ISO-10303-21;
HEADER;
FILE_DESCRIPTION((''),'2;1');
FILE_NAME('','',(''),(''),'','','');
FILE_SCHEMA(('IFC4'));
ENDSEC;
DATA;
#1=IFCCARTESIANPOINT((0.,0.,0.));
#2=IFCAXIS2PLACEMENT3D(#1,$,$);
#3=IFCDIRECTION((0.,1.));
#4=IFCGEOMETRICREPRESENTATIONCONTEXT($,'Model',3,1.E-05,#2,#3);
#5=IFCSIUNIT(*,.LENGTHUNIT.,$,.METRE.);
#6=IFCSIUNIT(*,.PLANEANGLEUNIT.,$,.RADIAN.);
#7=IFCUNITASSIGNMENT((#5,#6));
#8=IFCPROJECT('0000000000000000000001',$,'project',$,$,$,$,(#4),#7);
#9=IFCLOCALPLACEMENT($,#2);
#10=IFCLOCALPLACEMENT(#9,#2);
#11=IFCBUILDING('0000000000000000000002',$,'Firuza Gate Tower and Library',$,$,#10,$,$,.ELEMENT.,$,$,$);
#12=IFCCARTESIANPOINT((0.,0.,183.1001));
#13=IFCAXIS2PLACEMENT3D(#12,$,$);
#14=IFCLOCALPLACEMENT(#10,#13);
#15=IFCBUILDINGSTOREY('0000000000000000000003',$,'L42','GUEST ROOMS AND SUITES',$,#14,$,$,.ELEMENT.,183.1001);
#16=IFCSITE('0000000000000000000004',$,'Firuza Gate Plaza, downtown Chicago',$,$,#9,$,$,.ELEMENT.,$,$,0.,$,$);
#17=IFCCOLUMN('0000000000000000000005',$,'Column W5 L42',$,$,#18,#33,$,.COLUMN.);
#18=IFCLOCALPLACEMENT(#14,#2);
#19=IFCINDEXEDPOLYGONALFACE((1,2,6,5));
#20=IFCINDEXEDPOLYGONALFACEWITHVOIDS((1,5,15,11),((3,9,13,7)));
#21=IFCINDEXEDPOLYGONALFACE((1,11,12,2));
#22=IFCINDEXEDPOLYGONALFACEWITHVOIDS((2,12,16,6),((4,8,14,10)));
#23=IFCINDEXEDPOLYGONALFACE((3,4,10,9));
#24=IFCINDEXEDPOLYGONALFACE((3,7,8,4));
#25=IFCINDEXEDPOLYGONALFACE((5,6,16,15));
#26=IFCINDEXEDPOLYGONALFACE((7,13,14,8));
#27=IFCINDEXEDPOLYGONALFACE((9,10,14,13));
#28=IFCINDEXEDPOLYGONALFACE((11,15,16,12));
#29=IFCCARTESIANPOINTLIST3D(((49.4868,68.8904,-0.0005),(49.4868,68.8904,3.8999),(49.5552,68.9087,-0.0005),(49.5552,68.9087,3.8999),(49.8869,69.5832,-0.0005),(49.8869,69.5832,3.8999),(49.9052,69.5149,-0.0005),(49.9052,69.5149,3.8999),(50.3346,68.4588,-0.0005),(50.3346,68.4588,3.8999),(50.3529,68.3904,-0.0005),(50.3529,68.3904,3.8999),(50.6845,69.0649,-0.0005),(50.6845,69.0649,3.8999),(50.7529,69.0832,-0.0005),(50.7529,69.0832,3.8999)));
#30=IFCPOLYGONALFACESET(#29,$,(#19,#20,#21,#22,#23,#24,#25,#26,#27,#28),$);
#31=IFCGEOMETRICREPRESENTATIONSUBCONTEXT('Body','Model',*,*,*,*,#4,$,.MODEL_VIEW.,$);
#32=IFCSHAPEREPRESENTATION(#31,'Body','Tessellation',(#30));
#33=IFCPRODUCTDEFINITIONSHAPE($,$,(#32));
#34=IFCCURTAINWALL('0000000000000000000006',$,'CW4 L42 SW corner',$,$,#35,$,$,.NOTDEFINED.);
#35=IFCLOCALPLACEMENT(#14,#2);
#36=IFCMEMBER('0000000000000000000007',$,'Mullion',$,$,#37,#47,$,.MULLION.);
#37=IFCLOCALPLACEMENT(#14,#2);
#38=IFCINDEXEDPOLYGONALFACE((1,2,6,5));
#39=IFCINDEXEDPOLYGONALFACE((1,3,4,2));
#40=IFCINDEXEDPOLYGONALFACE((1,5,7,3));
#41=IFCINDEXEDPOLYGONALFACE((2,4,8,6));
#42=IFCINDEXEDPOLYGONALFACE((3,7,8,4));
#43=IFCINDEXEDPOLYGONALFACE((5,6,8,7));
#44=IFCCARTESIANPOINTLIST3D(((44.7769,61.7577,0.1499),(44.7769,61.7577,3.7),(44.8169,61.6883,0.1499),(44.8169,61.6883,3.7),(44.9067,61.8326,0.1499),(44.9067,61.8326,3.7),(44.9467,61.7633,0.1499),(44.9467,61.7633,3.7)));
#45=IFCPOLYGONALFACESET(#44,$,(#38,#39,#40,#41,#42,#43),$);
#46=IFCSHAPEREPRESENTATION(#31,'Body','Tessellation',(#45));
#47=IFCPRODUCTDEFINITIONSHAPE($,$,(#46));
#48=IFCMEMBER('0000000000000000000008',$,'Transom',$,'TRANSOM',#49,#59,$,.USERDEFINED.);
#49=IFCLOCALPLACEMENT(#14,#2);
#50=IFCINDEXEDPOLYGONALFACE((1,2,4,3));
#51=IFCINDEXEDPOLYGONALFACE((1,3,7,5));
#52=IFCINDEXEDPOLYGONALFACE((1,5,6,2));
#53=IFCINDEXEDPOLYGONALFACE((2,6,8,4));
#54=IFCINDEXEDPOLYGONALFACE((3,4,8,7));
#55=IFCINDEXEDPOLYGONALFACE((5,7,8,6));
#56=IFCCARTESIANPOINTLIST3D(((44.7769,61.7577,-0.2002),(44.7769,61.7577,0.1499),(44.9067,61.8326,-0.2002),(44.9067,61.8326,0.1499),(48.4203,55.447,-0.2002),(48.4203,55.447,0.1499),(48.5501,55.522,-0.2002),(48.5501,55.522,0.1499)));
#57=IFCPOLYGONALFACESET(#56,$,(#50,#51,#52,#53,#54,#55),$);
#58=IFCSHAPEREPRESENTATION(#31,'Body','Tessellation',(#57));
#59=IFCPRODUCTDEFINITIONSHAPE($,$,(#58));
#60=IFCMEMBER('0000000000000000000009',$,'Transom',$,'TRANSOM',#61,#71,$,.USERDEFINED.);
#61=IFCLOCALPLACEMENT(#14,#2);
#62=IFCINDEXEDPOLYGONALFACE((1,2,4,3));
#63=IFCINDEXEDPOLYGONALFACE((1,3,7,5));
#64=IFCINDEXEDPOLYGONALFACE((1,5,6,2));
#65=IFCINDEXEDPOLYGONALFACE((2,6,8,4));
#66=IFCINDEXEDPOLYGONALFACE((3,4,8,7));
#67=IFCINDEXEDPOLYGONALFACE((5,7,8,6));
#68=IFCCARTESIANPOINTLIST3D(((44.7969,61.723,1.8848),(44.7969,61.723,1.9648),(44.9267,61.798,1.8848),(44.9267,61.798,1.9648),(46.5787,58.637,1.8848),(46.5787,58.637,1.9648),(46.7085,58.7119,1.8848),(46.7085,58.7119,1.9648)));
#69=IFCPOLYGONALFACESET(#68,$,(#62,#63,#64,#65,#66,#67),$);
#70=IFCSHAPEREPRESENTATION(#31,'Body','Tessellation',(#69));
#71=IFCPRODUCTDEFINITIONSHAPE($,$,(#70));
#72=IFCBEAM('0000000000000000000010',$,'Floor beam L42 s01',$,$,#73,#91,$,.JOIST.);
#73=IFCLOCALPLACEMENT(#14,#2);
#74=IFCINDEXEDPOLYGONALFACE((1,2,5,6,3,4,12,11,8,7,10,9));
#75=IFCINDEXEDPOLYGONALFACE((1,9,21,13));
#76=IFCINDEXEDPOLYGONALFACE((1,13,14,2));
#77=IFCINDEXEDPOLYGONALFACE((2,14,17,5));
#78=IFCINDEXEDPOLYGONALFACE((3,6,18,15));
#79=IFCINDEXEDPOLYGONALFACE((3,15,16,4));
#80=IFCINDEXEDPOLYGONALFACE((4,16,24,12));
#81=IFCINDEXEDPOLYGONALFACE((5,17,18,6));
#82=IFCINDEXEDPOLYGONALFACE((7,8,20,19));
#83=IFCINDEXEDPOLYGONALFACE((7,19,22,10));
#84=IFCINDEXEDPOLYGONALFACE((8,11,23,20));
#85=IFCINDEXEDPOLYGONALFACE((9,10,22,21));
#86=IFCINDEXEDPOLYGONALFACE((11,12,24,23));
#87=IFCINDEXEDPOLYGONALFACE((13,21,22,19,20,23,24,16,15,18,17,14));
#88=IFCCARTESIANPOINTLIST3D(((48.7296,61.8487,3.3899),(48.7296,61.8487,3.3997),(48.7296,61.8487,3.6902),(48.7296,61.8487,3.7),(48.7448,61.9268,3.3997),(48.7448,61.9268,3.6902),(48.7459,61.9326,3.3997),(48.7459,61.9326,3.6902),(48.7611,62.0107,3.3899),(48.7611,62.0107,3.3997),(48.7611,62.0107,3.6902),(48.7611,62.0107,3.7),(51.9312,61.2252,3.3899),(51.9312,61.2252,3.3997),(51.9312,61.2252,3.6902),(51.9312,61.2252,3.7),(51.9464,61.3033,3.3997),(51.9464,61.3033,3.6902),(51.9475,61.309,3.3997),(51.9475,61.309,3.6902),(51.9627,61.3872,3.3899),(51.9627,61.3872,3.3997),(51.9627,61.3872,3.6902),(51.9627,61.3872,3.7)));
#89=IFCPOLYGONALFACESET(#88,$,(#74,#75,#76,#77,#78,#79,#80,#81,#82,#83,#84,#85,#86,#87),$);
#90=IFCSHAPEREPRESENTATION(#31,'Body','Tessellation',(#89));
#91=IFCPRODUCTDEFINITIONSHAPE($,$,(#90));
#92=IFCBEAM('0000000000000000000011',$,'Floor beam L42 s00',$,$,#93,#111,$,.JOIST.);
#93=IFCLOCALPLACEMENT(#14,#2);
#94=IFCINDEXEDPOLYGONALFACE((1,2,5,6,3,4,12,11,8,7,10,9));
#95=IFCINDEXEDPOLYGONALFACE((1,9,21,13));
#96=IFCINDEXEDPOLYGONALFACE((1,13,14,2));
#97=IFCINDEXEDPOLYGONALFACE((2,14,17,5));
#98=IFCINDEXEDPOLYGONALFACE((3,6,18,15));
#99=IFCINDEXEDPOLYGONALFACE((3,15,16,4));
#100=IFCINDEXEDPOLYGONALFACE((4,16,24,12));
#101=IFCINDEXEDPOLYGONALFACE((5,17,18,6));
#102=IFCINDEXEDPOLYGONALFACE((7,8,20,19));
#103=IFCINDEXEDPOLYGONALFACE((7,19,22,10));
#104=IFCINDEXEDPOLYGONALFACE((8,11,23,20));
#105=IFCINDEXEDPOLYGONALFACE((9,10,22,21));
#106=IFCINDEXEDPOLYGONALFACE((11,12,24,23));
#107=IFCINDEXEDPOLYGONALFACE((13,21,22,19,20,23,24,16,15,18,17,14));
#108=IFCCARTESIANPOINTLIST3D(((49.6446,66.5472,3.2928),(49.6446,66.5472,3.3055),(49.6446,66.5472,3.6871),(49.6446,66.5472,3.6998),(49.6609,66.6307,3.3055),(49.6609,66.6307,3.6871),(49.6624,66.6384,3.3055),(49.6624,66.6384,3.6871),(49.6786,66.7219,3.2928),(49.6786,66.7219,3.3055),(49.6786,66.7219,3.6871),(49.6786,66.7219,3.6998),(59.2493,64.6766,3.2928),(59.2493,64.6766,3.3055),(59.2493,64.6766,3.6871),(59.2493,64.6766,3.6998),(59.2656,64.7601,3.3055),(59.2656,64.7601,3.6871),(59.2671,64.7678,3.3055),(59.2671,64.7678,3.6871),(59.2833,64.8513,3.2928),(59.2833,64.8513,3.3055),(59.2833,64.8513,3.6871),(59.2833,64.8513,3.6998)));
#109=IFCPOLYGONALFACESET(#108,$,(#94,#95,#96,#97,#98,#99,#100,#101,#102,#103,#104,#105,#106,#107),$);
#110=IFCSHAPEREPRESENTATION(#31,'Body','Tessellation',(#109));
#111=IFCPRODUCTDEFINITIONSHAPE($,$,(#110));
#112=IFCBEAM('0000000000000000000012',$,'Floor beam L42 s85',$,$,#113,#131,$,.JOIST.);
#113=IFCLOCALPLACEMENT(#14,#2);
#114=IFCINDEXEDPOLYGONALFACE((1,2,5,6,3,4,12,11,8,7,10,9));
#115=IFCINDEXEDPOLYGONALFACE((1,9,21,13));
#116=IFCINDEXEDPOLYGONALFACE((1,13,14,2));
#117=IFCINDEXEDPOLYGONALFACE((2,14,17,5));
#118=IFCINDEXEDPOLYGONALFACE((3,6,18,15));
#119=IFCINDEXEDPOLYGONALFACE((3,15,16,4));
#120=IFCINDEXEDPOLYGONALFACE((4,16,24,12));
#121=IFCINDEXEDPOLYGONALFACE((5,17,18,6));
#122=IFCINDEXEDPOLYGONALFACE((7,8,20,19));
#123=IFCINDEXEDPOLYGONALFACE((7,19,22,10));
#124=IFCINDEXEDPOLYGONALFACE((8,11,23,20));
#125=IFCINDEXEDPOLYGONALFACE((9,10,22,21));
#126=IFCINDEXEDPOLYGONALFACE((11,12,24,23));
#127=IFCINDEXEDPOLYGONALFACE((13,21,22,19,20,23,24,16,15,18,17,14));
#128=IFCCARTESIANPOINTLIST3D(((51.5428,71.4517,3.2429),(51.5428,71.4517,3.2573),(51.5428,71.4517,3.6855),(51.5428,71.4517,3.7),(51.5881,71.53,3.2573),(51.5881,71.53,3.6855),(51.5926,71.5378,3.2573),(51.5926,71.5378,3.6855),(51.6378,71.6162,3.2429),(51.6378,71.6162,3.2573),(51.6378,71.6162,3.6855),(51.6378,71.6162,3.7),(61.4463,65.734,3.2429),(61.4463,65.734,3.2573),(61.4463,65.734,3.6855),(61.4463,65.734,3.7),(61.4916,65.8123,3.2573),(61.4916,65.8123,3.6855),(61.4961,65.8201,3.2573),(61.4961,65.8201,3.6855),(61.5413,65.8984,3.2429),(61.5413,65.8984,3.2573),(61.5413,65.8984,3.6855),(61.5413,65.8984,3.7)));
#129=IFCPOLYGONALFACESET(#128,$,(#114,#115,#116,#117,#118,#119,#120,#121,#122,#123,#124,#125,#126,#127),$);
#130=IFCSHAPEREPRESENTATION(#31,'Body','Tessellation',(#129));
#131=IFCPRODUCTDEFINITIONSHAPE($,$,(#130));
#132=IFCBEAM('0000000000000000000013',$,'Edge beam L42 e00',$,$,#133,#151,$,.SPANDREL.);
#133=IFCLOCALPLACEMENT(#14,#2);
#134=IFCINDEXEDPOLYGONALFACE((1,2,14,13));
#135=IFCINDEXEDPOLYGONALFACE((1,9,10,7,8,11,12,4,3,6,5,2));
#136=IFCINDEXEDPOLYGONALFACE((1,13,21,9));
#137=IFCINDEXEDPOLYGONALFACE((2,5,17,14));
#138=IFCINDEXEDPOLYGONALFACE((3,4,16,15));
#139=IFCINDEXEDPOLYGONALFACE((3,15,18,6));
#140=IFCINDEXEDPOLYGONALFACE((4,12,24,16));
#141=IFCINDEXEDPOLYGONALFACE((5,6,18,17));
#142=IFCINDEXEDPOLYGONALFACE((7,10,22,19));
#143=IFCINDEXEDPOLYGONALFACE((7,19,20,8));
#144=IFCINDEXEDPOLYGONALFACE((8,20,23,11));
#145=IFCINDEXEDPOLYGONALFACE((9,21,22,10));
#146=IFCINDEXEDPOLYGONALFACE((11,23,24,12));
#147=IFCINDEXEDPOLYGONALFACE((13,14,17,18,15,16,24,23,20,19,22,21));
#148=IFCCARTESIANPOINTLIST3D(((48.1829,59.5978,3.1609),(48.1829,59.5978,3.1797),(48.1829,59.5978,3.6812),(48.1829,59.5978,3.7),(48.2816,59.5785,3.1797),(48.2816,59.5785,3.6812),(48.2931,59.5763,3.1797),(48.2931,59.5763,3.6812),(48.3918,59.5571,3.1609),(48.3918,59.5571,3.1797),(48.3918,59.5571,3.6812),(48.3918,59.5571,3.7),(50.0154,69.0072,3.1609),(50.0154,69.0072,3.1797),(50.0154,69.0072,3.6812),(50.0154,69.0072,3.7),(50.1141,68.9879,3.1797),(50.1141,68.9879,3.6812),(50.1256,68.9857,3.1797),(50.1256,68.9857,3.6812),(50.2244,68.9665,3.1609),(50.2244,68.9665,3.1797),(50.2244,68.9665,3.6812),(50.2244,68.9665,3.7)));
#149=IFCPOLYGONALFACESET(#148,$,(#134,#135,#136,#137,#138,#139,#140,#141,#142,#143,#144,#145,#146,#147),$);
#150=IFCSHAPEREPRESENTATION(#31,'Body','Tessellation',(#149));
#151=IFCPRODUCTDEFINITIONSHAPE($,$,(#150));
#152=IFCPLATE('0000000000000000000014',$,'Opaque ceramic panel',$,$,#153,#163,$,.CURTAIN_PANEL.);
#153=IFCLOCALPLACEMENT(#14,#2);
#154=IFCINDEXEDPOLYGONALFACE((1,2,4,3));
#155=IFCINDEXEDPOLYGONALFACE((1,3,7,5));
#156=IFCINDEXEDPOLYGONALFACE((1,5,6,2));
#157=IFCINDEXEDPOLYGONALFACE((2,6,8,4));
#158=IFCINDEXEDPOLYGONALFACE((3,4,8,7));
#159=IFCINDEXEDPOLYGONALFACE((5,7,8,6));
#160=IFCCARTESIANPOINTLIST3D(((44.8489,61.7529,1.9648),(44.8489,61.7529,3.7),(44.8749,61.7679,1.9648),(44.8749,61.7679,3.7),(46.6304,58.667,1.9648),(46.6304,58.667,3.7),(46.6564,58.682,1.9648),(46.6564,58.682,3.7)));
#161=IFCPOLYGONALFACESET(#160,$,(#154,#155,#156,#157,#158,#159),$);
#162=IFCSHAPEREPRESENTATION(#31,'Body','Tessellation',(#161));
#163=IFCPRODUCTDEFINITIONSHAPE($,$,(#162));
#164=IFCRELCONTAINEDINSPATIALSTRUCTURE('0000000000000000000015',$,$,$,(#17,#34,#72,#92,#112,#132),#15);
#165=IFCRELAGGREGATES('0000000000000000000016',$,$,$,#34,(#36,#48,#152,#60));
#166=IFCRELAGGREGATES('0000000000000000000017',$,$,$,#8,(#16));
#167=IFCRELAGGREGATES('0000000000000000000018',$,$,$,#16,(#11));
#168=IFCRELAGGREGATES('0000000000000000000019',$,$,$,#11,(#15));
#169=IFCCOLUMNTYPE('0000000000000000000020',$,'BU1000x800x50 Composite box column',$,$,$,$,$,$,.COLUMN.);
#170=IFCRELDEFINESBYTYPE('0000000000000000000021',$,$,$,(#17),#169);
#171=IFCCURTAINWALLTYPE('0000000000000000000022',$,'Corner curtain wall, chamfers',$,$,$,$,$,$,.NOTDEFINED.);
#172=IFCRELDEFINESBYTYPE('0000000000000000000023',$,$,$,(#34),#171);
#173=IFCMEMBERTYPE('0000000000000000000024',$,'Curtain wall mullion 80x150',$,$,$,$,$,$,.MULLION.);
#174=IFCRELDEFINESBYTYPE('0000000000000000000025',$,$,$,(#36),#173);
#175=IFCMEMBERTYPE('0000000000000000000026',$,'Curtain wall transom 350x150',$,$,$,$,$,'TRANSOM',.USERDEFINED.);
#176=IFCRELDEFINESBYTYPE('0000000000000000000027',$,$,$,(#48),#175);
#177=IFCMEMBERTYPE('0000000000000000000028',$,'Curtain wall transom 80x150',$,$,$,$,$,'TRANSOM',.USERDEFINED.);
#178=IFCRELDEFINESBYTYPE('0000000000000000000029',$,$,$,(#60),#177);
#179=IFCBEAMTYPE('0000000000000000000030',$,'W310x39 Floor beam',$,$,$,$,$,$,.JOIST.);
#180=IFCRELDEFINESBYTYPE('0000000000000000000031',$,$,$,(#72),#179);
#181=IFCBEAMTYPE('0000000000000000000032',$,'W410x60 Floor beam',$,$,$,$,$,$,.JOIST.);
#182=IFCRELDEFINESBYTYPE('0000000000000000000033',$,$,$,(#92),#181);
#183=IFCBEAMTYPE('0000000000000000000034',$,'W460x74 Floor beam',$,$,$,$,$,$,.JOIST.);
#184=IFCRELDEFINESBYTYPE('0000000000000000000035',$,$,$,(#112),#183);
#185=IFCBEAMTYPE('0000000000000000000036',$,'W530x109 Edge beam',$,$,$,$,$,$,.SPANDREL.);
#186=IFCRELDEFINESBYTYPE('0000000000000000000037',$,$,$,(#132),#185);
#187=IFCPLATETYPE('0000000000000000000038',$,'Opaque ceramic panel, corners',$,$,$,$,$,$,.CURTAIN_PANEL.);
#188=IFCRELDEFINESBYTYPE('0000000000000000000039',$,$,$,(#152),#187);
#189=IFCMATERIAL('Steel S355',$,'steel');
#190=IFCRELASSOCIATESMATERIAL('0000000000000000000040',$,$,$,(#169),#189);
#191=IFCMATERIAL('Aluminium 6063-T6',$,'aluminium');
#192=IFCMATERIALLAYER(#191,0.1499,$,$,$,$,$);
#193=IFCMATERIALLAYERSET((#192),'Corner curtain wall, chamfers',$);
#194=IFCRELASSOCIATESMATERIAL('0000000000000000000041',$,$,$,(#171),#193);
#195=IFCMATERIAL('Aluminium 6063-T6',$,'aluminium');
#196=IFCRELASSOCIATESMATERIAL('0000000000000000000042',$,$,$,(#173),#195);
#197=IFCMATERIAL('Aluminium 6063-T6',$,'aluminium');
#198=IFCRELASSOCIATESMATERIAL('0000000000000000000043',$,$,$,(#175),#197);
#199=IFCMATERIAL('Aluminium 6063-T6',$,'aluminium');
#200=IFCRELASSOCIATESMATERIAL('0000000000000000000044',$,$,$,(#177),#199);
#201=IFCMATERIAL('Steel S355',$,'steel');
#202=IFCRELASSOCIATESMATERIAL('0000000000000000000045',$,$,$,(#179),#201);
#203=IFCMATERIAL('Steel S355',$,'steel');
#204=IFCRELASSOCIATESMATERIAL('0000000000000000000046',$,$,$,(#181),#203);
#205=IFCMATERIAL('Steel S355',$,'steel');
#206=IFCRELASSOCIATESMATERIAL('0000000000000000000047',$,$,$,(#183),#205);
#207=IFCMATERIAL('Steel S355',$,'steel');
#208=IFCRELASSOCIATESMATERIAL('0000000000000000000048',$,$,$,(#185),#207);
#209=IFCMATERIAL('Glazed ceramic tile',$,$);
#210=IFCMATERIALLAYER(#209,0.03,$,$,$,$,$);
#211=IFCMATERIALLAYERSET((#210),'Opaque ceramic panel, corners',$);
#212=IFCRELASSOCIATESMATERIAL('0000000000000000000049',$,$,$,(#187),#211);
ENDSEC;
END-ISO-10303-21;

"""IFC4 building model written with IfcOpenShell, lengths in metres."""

from ifc_helpers import new_model, si_unit, direction, frame, origin, origin_2d, place, context, subcontext, project, spatial, polyline, rectangle, hollow_rectangle, i_section, outline, extrude, material, layer, layer_set, material_profile, profile_set, type_object, element, aggregate, save


model = new_model("IFC4")

# Units and contexts
model_context = context("Model", 3, precision=1e-05, world=origin(), true_north=direction((0.0, 1.0)))
body_context = subcontext(model_context, "Body", "Model", "MODEL_VIEW")
ifc_project = project(units=[si_unit("LENGTHUNIT", "METRE"), si_unit("PLANEANGLEUNIT", "RADIAN")], contexts=[model_context])

# Site, building, storey
site_placement = place(None, origin())
site = spatial("IfcSite", under=ifc_project, at=site_placement, Name="Firuza Gate Plaza, downtown Chicago", CompositionType="ELEMENT", RefElevation=0.0)
building_placement = place(site_placement, origin())
building = spatial("IfcBuilding", under=site, at=building_placement, Name="Firuza Gate Tower and Library", CompositionType="ELEMENT")
storey_placement = place(building_placement, frame((0.0, 0.0, 183.1001)))
storey = spatial("IfcBuildingStorey", under=building, at=storey_placement, Name="L42", Description="GUEST ROOMS AND SUITES", CompositionType="ELEMENT", Elevation=183.1001)

# Column
ifc_material_1 = material(Name="Steel S355", Category="steel")
ifc_material_profile_1 = material_profile(ifc_material_1, hollow_rectangle(XDim=0.8, YDim=1.0, WallThickness=0.05, at=origin_2d()))
ifc_profile_set_1 = profile_set([ifc_material_profile_1], Name="Steel S355")
column_type = type_object("IfcColumnType", Name="BU1000x800x50 Composite box column", PredefinedType="COLUMN", material=ifc_profile_set_1)
column_placement = place(storey_placement, frame((50.1199, 68.9868, -0.0005), z_axis=(0.0, 0.0, 1.0), x_axis=(-0.5, -0.866025, 0.0)))
element("IfcColumn", 1, at=column_placement, inside=storey, type_object=column_type, Name="Column W5 L42", PredefinedType="COLUMN", context=body_context, shape_type="SweptSolid", body=[
    extrude(hollow_rectangle(XDim=0.8, YDim=1.0, WallThickness=0.05, at=origin_2d()), origin(), (0.0, 0.0, 1.0), 3.9004),
])

# Curtain wall, members
ifc_material_2 = material(Name="Aluminium 6063-T6", Category="aluminium")
ifc_layer_1 = layer(ifc_material_2, 0.1499)
ifc_layer_set_1 = layer_set([ifc_layer_1], Name="Corner curtain wall, chamfers")
curtain_wall_type = type_object("IfcCurtainWallType", Name="Corner curtain wall, chamfers", PredefinedType="NOTDEFINED", material=ifc_layer_set_1)
curtain_wall_placement = place(storey_placement, origin())
curtain_wall = element("IfcCurtainWall", 2, at=curtain_wall_placement, inside=storey, type_object=curtain_wall_type, Name="CW4 L42 SW corner", PredefinedType="NOTDEFINED")
ifc_material_3 = material(Name="Aluminium 6063-T6", Category="aluminium")
ifc_material_profile_2 = material_profile(ifc_material_3, rectangle(XDim=0.1499, YDim=0.0801, at=origin_2d()))
ifc_profile_set_2 = profile_set([ifc_material_profile_2], Name="Aluminium 6063-T6")
member_type_1 = type_object("IfcMemberType", Name="Curtain wall mullion 80x150", PredefinedType="MULLION", material=ifc_profile_set_2)
member_1_placement = place(storey_placement, frame((44.8618, 61.7605, 0.1499), z_axis=(0.0, 0.0, 1.0), x_axis=(0.866025, 0.5, 0.0)))
member_1 = element("IfcMember", 3, at=member_1_placement, type_object=member_type_1, Name="Mullion", PredefinedType="MULLION", context=body_context, shape_type="SweptSolid", body=[
    extrude(rectangle(XDim=0.1499, YDim=0.0801, at=origin_2d()), origin(), (0.0, 0.0, 1.0), 3.55),
])
ifc_material_4 = material(Name="Aluminium 6063-T6", Category="aluminium")
ifc_material_profile_3 = material_profile(ifc_material_4, rectangle(XDim=0.1499, YDim=0.3501, at=origin_2d()))
ifc_profile_set_3 = profile_set([ifc_material_profile_3], Name="Aluminium 6063-T6")
member_type_2 = type_object("IfcMemberType", Name="Curtain wall transom 350x150", ElementType="TRANSOM", PredefinedType="USERDEFINED", material=ifc_profile_set_3)
member_2_placement = place(storey_placement, frame((44.8418, 61.7952, -0.0251), z_axis=(0.499991, -0.86603, 0.0), x_axis=(0.86603, 0.499991, 0.0)))
member_2 = element("IfcMember", 4, at=member_2_placement, type_object=member_type_2, Name="Transom", ObjectType="TRANSOM", PredefinedType="USERDEFINED", context=body_context, shape_type="SweptSolid", body=[
    extrude(rectangle(XDim=0.1499, YDim=0.3501, at=origin_2d()), origin(), (0.0, 0.0, 1.0), 7.2869),
])
ifc_material_5 = material(Name="Aluminium 6063-T6", Category="aluminium")
ifc_material_profile_4 = material_profile(ifc_material_5, rectangle(XDim=0.1499, YDim=0.0801, at=origin_2d()))
ifc_profile_set_4 = profile_set([ifc_material_profile_4], Name="Aluminium 6063-T6")
member_type_3 = type_object("IfcMemberType", Name="Curtain wall transom 80x150", ElementType="TRANSOM", PredefinedType="USERDEFINED", material=ifc_profile_set_4)
member_3_placement = place(storey_placement, frame((44.8618, 61.7605, 1.9248), z_axis=(0.500015, -0.866017, 0.0), x_axis=(0.866017, 0.500015, 0.0)))
member_3 = element("IfcMember", 5, at=member_3_placement, type_object=member_type_3, Name="Transom", ObjectType="TRANSOM", PredefinedType="USERDEFINED", context=body_context, shape_type="SweptSolid", body=[
    extrude(rectangle(XDim=0.1499, YDim=0.0801, at=origin_2d()), origin(), (0.0, 0.0, 1.0), 3.5635),
])

# Beams
ifc_material_6 = material(Name="Steel S355", Category="steel")
ifc_material_profile_5 = material_profile(ifc_material_6, i_section(OverallWidth=0.165, OverallDepth=0.3101, WebThickness=0.0059, FlangeThickness=0.0098, at=origin_2d()))
ifc_profile_set_5 = profile_set([ifc_material_profile_5], Name="Steel S355")
beam_type_1 = type_object("IfcBeamType", Name="W310x39 Floor beam", PredefinedType="JOIST", material=ifc_profile_set_5)
beam_1_placement = place(storey_placement, frame((48.7454, 61.9297, 3.5449), z_axis=(0.981558, -0.191162, 0.0), x_axis=(0.191162, 0.981558, 0.0)))
element("IfcBeam", 6, at=beam_1_placement, inside=storey, type_object=beam_type_1, Name="Floor beam L42 s01", PredefinedType="JOIST", context=body_context, shape_type="SweptSolid", body=[
    extrude(i_section(OverallWidth=0.165, OverallDepth=0.3101, WebThickness=0.0059, FlangeThickness=0.0098, at=origin_2d()), origin(), (0.0, 0.0, 1.0), 3.2617),
])
ifc_material_7 = material(Name="Steel S355", Category="steel")
ifc_material_profile_6 = material_profile(ifc_material_7, i_section(OverallWidth=0.178, OverallDepth=0.407, WebThickness=0.0078, FlangeThickness=0.0127, at=origin_2d()))
ifc_profile_set_6 = profile_set([ifc_material_profile_6], Name="Steel S355")
beam_type_2 = type_object("IfcBeamType", Name="W410x60 Floor beam", PredefinedType="JOIST", material=ifc_profile_set_6)
beam_2_placement = place(storey_placement, frame((49.6616, 66.6345, 3.4963), z_axis=(0.981558, -0.191167, 0.0), x_axis=(0.191167, 0.981558, 0.0)))
element("IfcBeam", 7, at=beam_2_placement, inside=storey, type_object=beam_type_2, Name="Floor beam L42 s00", PredefinedType="JOIST", context=body_context, shape_type="SweptSolid", body=[
    extrude(i_section(OverallWidth=0.178, OverallDepth=0.407, WebThickness=0.0078, FlangeThickness=0.0127, at=origin_2d()), origin(), (0.0, 0.0, 1.0), 9.7852),
])
ifc_material_8 = material(Name="Steel S355", Category="steel")
ifc_material_profile_7 = material_profile(ifc_material_8, i_section(OverallWidth=0.1899, OverallDepth=0.457, WebThickness=0.009, FlangeThickness=0.0144, at=origin_2d()))
ifc_profile_set_7 = profile_set([ifc_material_profile_7], Name="Steel S355")
beam_type_3 = type_object("IfcBeamType", Name="W460x74 Floor beam", PredefinedType="JOIST", material=ifc_profile_set_7)
beam_3_placement = place(storey_placement, frame((51.5903, 71.5339, 3.4714), z_axis=(0.866027, -0.499997, 0.0), x_axis=(0.499997, 0.866027, 0.0)))
element("IfcBeam", 8, at=beam_3_placement, inside=storey, type_object=beam_type_3, Name="Floor beam L42 s85", PredefinedType="JOIST", context=body_context, shape_type="SweptSolid", body=[
    extrude(i_section(OverallWidth=0.1899, OverallDepth=0.457, WebThickness=0.009, FlangeThickness=0.0144, at=origin_2d()), origin(), (0.0, 0.0, 1.0), 11.4355),
])
ifc_material_9 = material(Name="Steel S355", Category="steel")
ifc_material_profile_8 = material_profile(ifc_material_9, i_section(OverallWidth=0.2129, OverallDepth=0.5391, WebThickness=0.0117, FlangeThickness=0.0188, at=origin_2d()))
ifc_profile_set_8 = profile_set([ifc_material_profile_8], Name="Steel S355")
beam_type_4 = type_object("IfcBeamType", Name="W530x109 Edge beam", PredefinedType="SPANDREL", material=ifc_profile_set_8)
beam_4_placement = place(storey_placement, frame((50.1199, 68.9868, 3.4304), z_axis=(-0.191162, -0.981558, 0.0), x_axis=(0.981558, -0.191162, 0.0)))
element("IfcBeam", 9, at=beam_4_placement, inside=storey, type_object=beam_type_4, Name="Edge beam L42 e00", PredefinedType="SPANDREL", context=body_context, shape_type="SweptSolid", body=[
    extrude(i_section(OverallWidth=0.2129, OverallDepth=0.5391, WebThickness=0.0117, FlangeThickness=0.0188, at=origin_2d()), origin(), (0.0, 0.0, 1.0), 9.5862),
])

# Plate
ifc_material_10 = material(Name="Glazed ceramic tile")
ifc_layer_2 = layer(ifc_material_10, 0.03)
ifc_layer_set_2 = layer_set([ifc_layer_2], Name="Opaque ceramic panel, corners")
plate_type = type_object("IfcPlateType", Name="Opaque ceramic panel, corners", PredefinedType="CURTAIN_PANEL", material=ifc_layer_set_2)
plate_placement = place(storey_placement, frame((44.8489, 61.7529, 1.9648), z_axis=(-0.866046, -0.499964, 0.0), x_axis=(0.499964, -0.866046, 0.0)))
plate = element("IfcPlate", 10, at=plate_placement, type_object=plate_type, Name="Opaque ceramic panel", PredefinedType="CURTAIN_PANEL", context=body_context, shape_type="SweptSolid", body=[
    extrude(outline(polyline([(0.0, 0.0), (3.5632, 0.0), (3.5632, 1.7351), (0.0, 1.7351), (0.0, 0.0)])), origin(), (0.0, 0.0, -1.0), 0.03),
])
aggregate(curtain_wall, [member_1, member_2, plate, member_3])

save(model, "model.ifc")
